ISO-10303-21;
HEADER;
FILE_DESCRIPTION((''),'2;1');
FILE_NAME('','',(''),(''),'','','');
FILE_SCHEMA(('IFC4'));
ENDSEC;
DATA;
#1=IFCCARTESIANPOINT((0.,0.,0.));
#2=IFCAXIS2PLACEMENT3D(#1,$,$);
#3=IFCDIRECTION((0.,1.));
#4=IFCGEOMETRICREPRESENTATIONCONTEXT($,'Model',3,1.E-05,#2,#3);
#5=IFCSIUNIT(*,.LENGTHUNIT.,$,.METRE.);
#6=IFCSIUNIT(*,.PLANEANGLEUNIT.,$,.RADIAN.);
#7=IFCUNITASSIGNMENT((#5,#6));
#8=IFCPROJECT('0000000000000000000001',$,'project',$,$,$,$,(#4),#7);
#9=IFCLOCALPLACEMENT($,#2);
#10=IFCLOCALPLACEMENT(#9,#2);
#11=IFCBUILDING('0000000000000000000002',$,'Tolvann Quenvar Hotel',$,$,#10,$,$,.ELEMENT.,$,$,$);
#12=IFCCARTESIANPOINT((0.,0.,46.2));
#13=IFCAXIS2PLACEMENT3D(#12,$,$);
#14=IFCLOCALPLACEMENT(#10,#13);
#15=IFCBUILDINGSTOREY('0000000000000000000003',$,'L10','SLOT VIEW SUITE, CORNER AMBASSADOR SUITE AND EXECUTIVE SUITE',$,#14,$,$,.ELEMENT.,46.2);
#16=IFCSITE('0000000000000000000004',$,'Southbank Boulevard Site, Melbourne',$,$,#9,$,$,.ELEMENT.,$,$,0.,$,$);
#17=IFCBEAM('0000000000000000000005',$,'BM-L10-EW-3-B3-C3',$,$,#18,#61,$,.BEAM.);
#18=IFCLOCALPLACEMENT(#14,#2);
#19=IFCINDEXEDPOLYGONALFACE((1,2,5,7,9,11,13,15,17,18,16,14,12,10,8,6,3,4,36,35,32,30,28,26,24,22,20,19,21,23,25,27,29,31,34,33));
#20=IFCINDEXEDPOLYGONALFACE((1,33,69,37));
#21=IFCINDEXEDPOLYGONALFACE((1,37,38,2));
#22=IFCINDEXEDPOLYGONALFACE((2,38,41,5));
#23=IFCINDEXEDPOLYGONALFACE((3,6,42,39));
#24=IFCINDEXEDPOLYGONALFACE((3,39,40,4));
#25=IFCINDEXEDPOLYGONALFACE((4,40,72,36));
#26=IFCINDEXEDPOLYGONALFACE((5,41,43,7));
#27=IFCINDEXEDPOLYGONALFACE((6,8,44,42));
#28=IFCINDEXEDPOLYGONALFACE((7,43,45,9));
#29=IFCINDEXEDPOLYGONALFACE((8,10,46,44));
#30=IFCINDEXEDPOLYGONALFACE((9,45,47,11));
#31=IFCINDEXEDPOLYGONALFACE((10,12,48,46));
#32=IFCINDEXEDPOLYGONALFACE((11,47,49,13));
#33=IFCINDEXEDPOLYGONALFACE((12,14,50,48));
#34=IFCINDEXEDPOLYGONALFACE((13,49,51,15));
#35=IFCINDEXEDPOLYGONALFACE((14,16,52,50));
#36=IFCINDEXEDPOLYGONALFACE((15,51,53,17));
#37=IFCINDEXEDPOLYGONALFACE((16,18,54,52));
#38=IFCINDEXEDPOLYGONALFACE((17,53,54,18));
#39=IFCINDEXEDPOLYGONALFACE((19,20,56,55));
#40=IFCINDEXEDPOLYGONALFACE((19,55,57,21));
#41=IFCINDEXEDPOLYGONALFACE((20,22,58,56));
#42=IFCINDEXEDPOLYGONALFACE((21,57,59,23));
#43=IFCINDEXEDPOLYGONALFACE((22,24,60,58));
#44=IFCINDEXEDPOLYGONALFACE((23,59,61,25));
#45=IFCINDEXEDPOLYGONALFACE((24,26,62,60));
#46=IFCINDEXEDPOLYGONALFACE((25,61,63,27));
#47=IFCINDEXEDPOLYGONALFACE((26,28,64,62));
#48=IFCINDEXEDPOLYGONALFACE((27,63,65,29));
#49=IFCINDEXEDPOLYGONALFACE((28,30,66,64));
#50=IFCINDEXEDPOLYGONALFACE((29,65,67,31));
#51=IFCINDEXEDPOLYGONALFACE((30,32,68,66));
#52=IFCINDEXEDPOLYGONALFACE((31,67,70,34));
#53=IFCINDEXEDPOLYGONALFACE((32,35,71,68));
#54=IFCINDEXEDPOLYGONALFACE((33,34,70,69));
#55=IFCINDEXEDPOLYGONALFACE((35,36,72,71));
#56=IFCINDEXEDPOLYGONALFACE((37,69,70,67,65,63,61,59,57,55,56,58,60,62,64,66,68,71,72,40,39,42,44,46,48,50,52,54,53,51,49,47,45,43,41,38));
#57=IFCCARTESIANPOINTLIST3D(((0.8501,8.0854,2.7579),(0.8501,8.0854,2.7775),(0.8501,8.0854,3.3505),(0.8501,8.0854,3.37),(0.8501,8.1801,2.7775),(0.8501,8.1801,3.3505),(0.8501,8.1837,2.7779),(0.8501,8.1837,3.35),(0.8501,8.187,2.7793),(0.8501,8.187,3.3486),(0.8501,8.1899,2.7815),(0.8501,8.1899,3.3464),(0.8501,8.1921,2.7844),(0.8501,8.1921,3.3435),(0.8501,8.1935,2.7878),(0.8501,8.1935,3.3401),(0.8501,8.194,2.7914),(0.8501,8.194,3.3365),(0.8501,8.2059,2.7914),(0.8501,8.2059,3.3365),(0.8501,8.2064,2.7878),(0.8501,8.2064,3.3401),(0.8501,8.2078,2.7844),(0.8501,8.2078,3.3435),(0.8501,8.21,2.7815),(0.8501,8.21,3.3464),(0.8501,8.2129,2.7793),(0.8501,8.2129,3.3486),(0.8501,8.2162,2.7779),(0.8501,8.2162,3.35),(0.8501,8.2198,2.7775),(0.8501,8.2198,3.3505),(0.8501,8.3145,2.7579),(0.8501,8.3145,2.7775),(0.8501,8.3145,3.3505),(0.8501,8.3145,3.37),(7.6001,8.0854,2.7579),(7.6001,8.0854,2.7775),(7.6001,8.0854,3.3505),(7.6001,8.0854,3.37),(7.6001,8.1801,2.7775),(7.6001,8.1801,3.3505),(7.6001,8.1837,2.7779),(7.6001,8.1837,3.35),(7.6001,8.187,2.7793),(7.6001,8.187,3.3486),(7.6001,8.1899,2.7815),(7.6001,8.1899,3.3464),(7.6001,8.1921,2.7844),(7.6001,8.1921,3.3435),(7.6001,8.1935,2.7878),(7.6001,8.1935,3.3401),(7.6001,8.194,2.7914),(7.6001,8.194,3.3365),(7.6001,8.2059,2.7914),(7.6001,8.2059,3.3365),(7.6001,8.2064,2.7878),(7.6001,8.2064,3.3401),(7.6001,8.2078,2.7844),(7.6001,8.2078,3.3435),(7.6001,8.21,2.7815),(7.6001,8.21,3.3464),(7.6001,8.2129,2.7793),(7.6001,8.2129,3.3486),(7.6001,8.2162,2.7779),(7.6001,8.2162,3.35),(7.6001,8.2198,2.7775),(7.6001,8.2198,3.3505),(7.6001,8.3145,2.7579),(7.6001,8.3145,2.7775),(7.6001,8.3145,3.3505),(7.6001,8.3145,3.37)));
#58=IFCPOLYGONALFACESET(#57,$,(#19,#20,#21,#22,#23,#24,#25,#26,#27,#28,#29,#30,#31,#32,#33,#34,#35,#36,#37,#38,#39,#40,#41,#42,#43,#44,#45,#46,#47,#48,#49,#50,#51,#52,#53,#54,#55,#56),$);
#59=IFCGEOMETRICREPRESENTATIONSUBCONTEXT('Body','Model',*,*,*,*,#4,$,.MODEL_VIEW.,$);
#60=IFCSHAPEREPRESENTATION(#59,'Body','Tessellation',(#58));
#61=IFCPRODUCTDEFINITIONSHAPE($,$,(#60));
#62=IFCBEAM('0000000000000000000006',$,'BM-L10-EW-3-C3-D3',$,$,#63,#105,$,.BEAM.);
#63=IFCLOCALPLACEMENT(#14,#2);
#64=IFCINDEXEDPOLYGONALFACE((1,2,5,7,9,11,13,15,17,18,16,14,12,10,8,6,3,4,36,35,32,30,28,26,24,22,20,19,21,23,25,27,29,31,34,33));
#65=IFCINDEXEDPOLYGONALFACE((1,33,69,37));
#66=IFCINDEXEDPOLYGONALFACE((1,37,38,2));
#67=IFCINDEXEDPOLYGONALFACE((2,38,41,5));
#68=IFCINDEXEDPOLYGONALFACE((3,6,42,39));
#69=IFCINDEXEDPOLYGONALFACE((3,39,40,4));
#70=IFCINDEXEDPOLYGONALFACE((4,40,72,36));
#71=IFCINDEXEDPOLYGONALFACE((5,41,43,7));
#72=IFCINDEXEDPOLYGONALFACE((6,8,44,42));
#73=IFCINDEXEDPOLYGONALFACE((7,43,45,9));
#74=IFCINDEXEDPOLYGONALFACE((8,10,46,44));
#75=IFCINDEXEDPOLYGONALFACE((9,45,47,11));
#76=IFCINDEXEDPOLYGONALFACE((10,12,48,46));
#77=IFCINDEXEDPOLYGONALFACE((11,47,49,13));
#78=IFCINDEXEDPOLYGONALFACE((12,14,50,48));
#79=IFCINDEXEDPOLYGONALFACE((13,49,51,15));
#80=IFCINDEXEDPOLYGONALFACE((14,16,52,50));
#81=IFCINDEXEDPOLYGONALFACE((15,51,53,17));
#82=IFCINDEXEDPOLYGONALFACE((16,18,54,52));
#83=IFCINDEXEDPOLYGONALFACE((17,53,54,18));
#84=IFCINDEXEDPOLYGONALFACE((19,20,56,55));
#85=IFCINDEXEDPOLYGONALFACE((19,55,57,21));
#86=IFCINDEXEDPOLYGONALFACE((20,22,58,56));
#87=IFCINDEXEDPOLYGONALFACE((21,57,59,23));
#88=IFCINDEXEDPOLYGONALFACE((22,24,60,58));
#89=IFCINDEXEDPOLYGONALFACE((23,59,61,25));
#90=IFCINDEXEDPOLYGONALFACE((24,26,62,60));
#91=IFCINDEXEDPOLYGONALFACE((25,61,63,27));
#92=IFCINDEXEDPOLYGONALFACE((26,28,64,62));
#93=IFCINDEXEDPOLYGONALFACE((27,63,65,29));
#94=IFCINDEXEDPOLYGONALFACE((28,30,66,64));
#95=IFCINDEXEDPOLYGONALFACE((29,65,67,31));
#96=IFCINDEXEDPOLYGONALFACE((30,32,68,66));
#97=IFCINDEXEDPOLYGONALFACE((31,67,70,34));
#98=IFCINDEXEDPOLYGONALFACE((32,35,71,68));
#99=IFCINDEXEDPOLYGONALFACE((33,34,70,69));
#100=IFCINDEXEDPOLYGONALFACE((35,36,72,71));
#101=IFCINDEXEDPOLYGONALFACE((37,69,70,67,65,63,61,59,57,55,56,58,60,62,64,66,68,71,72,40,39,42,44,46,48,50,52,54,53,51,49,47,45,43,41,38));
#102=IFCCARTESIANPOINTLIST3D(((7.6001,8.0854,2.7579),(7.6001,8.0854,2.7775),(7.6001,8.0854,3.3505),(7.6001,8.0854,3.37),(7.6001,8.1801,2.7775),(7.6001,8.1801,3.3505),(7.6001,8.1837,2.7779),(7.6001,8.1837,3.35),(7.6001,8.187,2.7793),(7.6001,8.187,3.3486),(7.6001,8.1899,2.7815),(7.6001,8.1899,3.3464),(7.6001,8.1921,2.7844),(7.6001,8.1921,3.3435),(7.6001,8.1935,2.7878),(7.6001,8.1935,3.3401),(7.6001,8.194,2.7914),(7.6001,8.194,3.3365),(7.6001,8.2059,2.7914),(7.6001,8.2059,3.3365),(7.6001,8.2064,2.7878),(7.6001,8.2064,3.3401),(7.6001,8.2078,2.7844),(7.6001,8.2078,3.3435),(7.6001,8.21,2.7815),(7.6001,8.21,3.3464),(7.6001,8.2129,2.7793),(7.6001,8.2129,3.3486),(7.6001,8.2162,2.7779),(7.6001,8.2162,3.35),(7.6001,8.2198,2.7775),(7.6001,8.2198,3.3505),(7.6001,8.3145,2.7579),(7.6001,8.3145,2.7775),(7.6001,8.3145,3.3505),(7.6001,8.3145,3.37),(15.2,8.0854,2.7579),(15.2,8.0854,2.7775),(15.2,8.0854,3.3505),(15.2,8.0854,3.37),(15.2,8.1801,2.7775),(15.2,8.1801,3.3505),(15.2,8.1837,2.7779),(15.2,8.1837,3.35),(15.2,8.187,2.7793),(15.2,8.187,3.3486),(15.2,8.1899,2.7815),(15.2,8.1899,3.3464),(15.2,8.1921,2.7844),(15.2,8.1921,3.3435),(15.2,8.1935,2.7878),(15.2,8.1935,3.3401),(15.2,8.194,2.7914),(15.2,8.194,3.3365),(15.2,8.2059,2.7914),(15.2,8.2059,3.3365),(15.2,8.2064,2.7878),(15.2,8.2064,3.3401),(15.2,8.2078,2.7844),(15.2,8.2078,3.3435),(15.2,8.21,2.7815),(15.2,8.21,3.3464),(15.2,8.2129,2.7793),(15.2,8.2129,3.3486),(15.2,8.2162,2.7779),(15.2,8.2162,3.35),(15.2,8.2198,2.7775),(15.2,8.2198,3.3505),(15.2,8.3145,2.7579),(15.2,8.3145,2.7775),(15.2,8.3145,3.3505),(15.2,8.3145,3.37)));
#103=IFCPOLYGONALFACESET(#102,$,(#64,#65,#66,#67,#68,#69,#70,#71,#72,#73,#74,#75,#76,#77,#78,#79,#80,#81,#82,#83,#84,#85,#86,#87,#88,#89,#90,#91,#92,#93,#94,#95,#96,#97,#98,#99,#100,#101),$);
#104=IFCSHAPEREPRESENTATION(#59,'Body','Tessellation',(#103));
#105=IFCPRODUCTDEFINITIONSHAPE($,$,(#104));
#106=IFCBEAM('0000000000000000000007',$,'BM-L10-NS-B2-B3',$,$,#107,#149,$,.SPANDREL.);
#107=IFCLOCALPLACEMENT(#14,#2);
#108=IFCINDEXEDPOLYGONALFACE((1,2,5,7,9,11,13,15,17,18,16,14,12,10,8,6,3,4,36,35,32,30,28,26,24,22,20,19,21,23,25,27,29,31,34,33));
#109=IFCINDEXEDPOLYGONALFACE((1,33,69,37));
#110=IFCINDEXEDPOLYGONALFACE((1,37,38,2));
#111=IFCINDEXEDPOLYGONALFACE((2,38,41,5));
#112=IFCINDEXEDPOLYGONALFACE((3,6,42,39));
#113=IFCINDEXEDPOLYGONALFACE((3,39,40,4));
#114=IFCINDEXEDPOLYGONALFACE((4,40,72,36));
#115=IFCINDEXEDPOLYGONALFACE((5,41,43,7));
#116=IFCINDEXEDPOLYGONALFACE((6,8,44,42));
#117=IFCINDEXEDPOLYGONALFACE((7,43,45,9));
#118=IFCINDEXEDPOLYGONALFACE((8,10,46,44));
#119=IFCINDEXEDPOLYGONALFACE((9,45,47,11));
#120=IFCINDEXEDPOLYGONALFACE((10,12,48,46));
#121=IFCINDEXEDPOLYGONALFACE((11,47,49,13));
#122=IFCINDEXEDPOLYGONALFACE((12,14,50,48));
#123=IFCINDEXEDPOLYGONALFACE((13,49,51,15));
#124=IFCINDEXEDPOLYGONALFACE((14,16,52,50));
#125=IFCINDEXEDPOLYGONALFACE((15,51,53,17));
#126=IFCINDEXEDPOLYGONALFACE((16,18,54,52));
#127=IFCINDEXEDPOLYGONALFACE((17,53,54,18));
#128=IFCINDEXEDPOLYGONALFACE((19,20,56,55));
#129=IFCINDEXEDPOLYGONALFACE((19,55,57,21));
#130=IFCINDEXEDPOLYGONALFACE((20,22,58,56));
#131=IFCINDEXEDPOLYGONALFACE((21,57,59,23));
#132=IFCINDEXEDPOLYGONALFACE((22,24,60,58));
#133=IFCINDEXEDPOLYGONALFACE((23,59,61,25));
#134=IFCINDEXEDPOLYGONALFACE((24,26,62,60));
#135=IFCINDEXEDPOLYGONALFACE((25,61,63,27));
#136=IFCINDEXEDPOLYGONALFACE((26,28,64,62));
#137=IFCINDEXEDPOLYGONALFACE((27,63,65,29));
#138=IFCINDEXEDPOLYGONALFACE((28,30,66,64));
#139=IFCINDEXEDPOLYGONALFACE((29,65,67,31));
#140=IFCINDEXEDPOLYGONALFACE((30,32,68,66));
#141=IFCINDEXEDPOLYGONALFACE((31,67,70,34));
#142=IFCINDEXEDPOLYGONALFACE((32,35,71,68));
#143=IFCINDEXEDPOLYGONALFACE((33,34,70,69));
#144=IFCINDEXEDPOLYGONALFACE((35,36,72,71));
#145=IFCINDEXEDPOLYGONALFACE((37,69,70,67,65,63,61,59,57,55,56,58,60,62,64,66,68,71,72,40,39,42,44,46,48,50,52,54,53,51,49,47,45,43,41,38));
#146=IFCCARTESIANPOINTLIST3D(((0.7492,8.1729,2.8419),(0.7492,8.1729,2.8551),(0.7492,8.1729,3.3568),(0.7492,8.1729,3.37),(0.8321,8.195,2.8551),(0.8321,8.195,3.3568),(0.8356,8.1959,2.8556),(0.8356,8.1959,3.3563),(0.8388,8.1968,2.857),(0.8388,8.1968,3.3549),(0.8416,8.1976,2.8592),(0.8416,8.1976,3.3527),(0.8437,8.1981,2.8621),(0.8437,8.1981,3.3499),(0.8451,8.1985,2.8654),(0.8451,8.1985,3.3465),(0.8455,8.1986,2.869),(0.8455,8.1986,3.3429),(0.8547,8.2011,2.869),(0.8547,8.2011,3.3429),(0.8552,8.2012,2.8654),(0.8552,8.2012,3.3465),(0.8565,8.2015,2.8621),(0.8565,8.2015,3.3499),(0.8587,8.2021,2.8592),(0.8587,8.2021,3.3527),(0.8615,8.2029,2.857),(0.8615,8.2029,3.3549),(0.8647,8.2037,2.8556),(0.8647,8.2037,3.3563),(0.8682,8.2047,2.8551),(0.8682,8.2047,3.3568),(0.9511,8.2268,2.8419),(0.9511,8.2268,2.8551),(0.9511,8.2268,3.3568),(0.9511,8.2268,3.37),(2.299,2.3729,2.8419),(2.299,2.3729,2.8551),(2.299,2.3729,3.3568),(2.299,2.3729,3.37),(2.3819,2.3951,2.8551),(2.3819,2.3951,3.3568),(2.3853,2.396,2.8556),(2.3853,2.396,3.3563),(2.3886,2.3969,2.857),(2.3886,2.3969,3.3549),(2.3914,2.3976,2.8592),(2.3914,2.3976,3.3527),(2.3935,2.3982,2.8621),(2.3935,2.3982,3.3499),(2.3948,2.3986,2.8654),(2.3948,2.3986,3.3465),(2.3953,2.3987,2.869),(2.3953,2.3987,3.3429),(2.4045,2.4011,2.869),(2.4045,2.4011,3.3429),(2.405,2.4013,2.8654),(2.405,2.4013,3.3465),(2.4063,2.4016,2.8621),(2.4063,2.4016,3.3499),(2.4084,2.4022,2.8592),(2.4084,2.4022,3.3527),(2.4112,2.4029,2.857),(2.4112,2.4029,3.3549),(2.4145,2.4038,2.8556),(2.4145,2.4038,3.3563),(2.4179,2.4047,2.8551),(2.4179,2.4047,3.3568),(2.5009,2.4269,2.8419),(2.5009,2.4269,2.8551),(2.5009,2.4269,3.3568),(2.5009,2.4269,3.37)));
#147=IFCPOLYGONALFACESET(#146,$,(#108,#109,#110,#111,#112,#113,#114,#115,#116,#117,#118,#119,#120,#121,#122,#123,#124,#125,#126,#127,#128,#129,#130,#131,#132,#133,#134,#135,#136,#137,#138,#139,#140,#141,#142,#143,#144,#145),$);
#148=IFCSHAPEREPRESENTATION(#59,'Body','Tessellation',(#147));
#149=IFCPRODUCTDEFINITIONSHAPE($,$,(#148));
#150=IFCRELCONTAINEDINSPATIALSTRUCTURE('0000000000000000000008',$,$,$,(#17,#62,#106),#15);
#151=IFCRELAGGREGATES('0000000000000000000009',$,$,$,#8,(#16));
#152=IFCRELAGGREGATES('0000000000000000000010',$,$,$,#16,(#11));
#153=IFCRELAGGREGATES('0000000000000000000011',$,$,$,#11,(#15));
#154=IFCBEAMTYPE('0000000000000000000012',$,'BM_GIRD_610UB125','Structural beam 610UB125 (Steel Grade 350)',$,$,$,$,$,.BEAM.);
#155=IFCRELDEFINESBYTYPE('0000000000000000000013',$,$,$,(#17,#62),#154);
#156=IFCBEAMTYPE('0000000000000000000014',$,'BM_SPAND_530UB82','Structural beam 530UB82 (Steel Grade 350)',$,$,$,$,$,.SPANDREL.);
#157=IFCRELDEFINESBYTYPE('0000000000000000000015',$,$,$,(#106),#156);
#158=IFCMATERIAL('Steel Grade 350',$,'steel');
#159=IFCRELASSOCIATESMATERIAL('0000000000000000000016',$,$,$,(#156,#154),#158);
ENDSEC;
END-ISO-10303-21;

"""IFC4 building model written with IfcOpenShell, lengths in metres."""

from ifc_helpers import new_model, si_unit, direction, frame, origin, origin_2d, place, context, subcontext, project, spatial, i_section, extrude, source, transform, mapped, material, material_profile, profile_set, type_object, type_shapes, element, save


model = new_model("IFC4")

# Units and contexts
model_context = context("Model", 3, precision=1e-05, world=origin(), true_north=direction((0.0, 1.0)))
body_context = subcontext(model_context, "Body", "Model", "MODEL_VIEW")
ifc_project = project(units=[si_unit("LENGTHUNIT", "METRE"), si_unit("PLANEANGLEUNIT", "RADIAN")], contexts=[model_context])

# Site, building, storey
site_placement = place(None, origin())
site = spatial("IfcSite", under=ifc_project, at=site_placement, Name="Southbank Boulevard Site, Melbourne", CompositionType="ELEMENT", RefElevation=0.0)
building_placement = place(site_placement, origin())
building = spatial("IfcBuilding", under=site, at=building_placement, Name="Tolvann Quenvar Hotel", CompositionType="ELEMENT")
storey_placement = place(building_placement, frame((0.0, 0.0, 46.2)))
storey = spatial("IfcBuildingStorey", under=building, at=storey_placement, Name="L10", Description="SLOT VIEW SUITE, CORNER AMBASSADOR SUITE AND EXECUTIVE SUITE", CompositionType="ELEMENT", Elevation=46.2)

# Shared definitions
ifc_material_1 = material(Name="Steel Grade 350", Category="steel")

# Beams
ifc_material_profile_1 = material_profile(ifc_material_1, i_section(OverallWidth=0.209, OverallDepth=0.5281, WebThickness=0.0095, FlangeThickness=0.0132, FilletRadius=0.0139, at=origin_2d()), Name="530UB82")
ifc_profile_set_1 = profile_set([ifc_material_profile_1], Name="Steel Grade 350")
beam_type_1 = type_object("IfcBeamType", Name="BM_SPAND_530UB82", Description="Structural beam 530UB82 (Steel Grade 350)", PredefinedType="SPANDREL", material=ifc_profile_set_1)
ifc_material_profile_2 = material_profile(ifc_material_1, i_section(OverallWidth=0.229, OverallDepth=0.6121, WebThickness=0.012, FlangeThickness=0.0195, FilletRadius=0.0139, at=origin_2d()), Name="610UB125")
ifc_profile_set_2 = profile_set([ifc_material_profile_2], Name="Steel Grade 350")
beam_type_2 = type_object("IfcBeamType", Name="BM_GIRD_610UB125", Description="Structural beam 610UB125 (Steel Grade 350)", PredefinedType="BEAM", material=ifc_profile_set_2)
shared_shape_1 = source(origin(), body_context, "Body", "SweptSolid", [
    extrude(i_section(OverallWidth=0.229, OverallDepth=0.6121, WebThickness=0.012, FlangeThickness=0.0195, FilletRadius=0.0139, at=origin_2d()), origin(), (0.0, 0.0, 1.0), 6.75),
])
beam_1_placement = place(storey_placement, frame((0.8501, 8.2, 3.064), z_axis=(1.0, 0.0, 0.0), x_axis=(0.0, 1.0, 0.0)))
element("IfcBeam", 1, at=beam_1_placement, inside=storey, type_object=beam_type_2, Name="BM-L10-EW-3-B3-C3", PredefinedType="BEAM", context=body_context, shape_type="MappedRepresentation", body=[
    mapped(shared_shape_1, transform((0.0, 0.0, 0.0), x_axis=(1.0, 0.0, 0.0), y_axis=(0.0, 1.0, 0.0), z_axis=(0.0, 0.0, 1.0), scale=1.0)),
])
shared_shape_2 = source(origin(), body_context, "Body", "SweptSolid", [
    extrude(i_section(OverallWidth=0.229, OverallDepth=0.6121, WebThickness=0.012, FlangeThickness=0.0195, FilletRadius=0.0139, at=origin_2d()), origin(), (0.0, 0.0, 1.0), 7.5999),
])
type_shapes(beam_type_2, [shared_shape_1, shared_shape_2])
beam_2_placement = place(storey_placement, frame((7.6001, 8.2, 3.064), z_axis=(1.0, 0.0, 0.0), x_axis=(0.0, 1.0, 0.0)))
element("IfcBeam", 2, at=beam_2_placement, inside=storey, type_object=beam_type_2, Name="BM-L10-EW-3-C3-D3", PredefinedType="BEAM", context=body_context, shape_type="MappedRepresentation", body=[
    mapped(shared_shape_2, transform((0.0, 0.0, 0.0), x_axis=(1.0, 0.0, 0.0), y_axis=(0.0, 1.0, 0.0), z_axis=(0.0, 0.0, 1.0), scale=1.0)),
])
shared_shape_3 = source(origin(), body_context, "Body", "SweptSolid", [
    extrude(i_section(OverallWidth=0.209, OverallDepth=0.5281, WebThickness=0.0095, FlangeThickness=0.0132, FilletRadius=0.0139, at=origin_2d()), origin(), (0.0, 0.0, 1.0), 6.0034),
])
beam_3_placement = place(storey_placement, frame((2.3999, 2.3999, 3.106), z_axis=(-0.258149, 0.966105, 0.0), x_axis=(-0.966105, -0.258149, 0.0)))
element("IfcBeam", 3, at=beam_3_placement, inside=storey, type_object=beam_type_1, Name="BM-L10-NS-B2-B3", PredefinedType="SPANDREL", context=body_context, shape_type="MappedRepresentation", body=[
    mapped(shared_shape_3, transform((0.0, 0.0, 0.0), x_axis=(1.0, 0.0, 0.0), y_axis=(0.0, 1.0, 0.0), z_axis=(0.0, 0.0, 1.0), scale=1.0)),
])

save(model, "model.ifc")
